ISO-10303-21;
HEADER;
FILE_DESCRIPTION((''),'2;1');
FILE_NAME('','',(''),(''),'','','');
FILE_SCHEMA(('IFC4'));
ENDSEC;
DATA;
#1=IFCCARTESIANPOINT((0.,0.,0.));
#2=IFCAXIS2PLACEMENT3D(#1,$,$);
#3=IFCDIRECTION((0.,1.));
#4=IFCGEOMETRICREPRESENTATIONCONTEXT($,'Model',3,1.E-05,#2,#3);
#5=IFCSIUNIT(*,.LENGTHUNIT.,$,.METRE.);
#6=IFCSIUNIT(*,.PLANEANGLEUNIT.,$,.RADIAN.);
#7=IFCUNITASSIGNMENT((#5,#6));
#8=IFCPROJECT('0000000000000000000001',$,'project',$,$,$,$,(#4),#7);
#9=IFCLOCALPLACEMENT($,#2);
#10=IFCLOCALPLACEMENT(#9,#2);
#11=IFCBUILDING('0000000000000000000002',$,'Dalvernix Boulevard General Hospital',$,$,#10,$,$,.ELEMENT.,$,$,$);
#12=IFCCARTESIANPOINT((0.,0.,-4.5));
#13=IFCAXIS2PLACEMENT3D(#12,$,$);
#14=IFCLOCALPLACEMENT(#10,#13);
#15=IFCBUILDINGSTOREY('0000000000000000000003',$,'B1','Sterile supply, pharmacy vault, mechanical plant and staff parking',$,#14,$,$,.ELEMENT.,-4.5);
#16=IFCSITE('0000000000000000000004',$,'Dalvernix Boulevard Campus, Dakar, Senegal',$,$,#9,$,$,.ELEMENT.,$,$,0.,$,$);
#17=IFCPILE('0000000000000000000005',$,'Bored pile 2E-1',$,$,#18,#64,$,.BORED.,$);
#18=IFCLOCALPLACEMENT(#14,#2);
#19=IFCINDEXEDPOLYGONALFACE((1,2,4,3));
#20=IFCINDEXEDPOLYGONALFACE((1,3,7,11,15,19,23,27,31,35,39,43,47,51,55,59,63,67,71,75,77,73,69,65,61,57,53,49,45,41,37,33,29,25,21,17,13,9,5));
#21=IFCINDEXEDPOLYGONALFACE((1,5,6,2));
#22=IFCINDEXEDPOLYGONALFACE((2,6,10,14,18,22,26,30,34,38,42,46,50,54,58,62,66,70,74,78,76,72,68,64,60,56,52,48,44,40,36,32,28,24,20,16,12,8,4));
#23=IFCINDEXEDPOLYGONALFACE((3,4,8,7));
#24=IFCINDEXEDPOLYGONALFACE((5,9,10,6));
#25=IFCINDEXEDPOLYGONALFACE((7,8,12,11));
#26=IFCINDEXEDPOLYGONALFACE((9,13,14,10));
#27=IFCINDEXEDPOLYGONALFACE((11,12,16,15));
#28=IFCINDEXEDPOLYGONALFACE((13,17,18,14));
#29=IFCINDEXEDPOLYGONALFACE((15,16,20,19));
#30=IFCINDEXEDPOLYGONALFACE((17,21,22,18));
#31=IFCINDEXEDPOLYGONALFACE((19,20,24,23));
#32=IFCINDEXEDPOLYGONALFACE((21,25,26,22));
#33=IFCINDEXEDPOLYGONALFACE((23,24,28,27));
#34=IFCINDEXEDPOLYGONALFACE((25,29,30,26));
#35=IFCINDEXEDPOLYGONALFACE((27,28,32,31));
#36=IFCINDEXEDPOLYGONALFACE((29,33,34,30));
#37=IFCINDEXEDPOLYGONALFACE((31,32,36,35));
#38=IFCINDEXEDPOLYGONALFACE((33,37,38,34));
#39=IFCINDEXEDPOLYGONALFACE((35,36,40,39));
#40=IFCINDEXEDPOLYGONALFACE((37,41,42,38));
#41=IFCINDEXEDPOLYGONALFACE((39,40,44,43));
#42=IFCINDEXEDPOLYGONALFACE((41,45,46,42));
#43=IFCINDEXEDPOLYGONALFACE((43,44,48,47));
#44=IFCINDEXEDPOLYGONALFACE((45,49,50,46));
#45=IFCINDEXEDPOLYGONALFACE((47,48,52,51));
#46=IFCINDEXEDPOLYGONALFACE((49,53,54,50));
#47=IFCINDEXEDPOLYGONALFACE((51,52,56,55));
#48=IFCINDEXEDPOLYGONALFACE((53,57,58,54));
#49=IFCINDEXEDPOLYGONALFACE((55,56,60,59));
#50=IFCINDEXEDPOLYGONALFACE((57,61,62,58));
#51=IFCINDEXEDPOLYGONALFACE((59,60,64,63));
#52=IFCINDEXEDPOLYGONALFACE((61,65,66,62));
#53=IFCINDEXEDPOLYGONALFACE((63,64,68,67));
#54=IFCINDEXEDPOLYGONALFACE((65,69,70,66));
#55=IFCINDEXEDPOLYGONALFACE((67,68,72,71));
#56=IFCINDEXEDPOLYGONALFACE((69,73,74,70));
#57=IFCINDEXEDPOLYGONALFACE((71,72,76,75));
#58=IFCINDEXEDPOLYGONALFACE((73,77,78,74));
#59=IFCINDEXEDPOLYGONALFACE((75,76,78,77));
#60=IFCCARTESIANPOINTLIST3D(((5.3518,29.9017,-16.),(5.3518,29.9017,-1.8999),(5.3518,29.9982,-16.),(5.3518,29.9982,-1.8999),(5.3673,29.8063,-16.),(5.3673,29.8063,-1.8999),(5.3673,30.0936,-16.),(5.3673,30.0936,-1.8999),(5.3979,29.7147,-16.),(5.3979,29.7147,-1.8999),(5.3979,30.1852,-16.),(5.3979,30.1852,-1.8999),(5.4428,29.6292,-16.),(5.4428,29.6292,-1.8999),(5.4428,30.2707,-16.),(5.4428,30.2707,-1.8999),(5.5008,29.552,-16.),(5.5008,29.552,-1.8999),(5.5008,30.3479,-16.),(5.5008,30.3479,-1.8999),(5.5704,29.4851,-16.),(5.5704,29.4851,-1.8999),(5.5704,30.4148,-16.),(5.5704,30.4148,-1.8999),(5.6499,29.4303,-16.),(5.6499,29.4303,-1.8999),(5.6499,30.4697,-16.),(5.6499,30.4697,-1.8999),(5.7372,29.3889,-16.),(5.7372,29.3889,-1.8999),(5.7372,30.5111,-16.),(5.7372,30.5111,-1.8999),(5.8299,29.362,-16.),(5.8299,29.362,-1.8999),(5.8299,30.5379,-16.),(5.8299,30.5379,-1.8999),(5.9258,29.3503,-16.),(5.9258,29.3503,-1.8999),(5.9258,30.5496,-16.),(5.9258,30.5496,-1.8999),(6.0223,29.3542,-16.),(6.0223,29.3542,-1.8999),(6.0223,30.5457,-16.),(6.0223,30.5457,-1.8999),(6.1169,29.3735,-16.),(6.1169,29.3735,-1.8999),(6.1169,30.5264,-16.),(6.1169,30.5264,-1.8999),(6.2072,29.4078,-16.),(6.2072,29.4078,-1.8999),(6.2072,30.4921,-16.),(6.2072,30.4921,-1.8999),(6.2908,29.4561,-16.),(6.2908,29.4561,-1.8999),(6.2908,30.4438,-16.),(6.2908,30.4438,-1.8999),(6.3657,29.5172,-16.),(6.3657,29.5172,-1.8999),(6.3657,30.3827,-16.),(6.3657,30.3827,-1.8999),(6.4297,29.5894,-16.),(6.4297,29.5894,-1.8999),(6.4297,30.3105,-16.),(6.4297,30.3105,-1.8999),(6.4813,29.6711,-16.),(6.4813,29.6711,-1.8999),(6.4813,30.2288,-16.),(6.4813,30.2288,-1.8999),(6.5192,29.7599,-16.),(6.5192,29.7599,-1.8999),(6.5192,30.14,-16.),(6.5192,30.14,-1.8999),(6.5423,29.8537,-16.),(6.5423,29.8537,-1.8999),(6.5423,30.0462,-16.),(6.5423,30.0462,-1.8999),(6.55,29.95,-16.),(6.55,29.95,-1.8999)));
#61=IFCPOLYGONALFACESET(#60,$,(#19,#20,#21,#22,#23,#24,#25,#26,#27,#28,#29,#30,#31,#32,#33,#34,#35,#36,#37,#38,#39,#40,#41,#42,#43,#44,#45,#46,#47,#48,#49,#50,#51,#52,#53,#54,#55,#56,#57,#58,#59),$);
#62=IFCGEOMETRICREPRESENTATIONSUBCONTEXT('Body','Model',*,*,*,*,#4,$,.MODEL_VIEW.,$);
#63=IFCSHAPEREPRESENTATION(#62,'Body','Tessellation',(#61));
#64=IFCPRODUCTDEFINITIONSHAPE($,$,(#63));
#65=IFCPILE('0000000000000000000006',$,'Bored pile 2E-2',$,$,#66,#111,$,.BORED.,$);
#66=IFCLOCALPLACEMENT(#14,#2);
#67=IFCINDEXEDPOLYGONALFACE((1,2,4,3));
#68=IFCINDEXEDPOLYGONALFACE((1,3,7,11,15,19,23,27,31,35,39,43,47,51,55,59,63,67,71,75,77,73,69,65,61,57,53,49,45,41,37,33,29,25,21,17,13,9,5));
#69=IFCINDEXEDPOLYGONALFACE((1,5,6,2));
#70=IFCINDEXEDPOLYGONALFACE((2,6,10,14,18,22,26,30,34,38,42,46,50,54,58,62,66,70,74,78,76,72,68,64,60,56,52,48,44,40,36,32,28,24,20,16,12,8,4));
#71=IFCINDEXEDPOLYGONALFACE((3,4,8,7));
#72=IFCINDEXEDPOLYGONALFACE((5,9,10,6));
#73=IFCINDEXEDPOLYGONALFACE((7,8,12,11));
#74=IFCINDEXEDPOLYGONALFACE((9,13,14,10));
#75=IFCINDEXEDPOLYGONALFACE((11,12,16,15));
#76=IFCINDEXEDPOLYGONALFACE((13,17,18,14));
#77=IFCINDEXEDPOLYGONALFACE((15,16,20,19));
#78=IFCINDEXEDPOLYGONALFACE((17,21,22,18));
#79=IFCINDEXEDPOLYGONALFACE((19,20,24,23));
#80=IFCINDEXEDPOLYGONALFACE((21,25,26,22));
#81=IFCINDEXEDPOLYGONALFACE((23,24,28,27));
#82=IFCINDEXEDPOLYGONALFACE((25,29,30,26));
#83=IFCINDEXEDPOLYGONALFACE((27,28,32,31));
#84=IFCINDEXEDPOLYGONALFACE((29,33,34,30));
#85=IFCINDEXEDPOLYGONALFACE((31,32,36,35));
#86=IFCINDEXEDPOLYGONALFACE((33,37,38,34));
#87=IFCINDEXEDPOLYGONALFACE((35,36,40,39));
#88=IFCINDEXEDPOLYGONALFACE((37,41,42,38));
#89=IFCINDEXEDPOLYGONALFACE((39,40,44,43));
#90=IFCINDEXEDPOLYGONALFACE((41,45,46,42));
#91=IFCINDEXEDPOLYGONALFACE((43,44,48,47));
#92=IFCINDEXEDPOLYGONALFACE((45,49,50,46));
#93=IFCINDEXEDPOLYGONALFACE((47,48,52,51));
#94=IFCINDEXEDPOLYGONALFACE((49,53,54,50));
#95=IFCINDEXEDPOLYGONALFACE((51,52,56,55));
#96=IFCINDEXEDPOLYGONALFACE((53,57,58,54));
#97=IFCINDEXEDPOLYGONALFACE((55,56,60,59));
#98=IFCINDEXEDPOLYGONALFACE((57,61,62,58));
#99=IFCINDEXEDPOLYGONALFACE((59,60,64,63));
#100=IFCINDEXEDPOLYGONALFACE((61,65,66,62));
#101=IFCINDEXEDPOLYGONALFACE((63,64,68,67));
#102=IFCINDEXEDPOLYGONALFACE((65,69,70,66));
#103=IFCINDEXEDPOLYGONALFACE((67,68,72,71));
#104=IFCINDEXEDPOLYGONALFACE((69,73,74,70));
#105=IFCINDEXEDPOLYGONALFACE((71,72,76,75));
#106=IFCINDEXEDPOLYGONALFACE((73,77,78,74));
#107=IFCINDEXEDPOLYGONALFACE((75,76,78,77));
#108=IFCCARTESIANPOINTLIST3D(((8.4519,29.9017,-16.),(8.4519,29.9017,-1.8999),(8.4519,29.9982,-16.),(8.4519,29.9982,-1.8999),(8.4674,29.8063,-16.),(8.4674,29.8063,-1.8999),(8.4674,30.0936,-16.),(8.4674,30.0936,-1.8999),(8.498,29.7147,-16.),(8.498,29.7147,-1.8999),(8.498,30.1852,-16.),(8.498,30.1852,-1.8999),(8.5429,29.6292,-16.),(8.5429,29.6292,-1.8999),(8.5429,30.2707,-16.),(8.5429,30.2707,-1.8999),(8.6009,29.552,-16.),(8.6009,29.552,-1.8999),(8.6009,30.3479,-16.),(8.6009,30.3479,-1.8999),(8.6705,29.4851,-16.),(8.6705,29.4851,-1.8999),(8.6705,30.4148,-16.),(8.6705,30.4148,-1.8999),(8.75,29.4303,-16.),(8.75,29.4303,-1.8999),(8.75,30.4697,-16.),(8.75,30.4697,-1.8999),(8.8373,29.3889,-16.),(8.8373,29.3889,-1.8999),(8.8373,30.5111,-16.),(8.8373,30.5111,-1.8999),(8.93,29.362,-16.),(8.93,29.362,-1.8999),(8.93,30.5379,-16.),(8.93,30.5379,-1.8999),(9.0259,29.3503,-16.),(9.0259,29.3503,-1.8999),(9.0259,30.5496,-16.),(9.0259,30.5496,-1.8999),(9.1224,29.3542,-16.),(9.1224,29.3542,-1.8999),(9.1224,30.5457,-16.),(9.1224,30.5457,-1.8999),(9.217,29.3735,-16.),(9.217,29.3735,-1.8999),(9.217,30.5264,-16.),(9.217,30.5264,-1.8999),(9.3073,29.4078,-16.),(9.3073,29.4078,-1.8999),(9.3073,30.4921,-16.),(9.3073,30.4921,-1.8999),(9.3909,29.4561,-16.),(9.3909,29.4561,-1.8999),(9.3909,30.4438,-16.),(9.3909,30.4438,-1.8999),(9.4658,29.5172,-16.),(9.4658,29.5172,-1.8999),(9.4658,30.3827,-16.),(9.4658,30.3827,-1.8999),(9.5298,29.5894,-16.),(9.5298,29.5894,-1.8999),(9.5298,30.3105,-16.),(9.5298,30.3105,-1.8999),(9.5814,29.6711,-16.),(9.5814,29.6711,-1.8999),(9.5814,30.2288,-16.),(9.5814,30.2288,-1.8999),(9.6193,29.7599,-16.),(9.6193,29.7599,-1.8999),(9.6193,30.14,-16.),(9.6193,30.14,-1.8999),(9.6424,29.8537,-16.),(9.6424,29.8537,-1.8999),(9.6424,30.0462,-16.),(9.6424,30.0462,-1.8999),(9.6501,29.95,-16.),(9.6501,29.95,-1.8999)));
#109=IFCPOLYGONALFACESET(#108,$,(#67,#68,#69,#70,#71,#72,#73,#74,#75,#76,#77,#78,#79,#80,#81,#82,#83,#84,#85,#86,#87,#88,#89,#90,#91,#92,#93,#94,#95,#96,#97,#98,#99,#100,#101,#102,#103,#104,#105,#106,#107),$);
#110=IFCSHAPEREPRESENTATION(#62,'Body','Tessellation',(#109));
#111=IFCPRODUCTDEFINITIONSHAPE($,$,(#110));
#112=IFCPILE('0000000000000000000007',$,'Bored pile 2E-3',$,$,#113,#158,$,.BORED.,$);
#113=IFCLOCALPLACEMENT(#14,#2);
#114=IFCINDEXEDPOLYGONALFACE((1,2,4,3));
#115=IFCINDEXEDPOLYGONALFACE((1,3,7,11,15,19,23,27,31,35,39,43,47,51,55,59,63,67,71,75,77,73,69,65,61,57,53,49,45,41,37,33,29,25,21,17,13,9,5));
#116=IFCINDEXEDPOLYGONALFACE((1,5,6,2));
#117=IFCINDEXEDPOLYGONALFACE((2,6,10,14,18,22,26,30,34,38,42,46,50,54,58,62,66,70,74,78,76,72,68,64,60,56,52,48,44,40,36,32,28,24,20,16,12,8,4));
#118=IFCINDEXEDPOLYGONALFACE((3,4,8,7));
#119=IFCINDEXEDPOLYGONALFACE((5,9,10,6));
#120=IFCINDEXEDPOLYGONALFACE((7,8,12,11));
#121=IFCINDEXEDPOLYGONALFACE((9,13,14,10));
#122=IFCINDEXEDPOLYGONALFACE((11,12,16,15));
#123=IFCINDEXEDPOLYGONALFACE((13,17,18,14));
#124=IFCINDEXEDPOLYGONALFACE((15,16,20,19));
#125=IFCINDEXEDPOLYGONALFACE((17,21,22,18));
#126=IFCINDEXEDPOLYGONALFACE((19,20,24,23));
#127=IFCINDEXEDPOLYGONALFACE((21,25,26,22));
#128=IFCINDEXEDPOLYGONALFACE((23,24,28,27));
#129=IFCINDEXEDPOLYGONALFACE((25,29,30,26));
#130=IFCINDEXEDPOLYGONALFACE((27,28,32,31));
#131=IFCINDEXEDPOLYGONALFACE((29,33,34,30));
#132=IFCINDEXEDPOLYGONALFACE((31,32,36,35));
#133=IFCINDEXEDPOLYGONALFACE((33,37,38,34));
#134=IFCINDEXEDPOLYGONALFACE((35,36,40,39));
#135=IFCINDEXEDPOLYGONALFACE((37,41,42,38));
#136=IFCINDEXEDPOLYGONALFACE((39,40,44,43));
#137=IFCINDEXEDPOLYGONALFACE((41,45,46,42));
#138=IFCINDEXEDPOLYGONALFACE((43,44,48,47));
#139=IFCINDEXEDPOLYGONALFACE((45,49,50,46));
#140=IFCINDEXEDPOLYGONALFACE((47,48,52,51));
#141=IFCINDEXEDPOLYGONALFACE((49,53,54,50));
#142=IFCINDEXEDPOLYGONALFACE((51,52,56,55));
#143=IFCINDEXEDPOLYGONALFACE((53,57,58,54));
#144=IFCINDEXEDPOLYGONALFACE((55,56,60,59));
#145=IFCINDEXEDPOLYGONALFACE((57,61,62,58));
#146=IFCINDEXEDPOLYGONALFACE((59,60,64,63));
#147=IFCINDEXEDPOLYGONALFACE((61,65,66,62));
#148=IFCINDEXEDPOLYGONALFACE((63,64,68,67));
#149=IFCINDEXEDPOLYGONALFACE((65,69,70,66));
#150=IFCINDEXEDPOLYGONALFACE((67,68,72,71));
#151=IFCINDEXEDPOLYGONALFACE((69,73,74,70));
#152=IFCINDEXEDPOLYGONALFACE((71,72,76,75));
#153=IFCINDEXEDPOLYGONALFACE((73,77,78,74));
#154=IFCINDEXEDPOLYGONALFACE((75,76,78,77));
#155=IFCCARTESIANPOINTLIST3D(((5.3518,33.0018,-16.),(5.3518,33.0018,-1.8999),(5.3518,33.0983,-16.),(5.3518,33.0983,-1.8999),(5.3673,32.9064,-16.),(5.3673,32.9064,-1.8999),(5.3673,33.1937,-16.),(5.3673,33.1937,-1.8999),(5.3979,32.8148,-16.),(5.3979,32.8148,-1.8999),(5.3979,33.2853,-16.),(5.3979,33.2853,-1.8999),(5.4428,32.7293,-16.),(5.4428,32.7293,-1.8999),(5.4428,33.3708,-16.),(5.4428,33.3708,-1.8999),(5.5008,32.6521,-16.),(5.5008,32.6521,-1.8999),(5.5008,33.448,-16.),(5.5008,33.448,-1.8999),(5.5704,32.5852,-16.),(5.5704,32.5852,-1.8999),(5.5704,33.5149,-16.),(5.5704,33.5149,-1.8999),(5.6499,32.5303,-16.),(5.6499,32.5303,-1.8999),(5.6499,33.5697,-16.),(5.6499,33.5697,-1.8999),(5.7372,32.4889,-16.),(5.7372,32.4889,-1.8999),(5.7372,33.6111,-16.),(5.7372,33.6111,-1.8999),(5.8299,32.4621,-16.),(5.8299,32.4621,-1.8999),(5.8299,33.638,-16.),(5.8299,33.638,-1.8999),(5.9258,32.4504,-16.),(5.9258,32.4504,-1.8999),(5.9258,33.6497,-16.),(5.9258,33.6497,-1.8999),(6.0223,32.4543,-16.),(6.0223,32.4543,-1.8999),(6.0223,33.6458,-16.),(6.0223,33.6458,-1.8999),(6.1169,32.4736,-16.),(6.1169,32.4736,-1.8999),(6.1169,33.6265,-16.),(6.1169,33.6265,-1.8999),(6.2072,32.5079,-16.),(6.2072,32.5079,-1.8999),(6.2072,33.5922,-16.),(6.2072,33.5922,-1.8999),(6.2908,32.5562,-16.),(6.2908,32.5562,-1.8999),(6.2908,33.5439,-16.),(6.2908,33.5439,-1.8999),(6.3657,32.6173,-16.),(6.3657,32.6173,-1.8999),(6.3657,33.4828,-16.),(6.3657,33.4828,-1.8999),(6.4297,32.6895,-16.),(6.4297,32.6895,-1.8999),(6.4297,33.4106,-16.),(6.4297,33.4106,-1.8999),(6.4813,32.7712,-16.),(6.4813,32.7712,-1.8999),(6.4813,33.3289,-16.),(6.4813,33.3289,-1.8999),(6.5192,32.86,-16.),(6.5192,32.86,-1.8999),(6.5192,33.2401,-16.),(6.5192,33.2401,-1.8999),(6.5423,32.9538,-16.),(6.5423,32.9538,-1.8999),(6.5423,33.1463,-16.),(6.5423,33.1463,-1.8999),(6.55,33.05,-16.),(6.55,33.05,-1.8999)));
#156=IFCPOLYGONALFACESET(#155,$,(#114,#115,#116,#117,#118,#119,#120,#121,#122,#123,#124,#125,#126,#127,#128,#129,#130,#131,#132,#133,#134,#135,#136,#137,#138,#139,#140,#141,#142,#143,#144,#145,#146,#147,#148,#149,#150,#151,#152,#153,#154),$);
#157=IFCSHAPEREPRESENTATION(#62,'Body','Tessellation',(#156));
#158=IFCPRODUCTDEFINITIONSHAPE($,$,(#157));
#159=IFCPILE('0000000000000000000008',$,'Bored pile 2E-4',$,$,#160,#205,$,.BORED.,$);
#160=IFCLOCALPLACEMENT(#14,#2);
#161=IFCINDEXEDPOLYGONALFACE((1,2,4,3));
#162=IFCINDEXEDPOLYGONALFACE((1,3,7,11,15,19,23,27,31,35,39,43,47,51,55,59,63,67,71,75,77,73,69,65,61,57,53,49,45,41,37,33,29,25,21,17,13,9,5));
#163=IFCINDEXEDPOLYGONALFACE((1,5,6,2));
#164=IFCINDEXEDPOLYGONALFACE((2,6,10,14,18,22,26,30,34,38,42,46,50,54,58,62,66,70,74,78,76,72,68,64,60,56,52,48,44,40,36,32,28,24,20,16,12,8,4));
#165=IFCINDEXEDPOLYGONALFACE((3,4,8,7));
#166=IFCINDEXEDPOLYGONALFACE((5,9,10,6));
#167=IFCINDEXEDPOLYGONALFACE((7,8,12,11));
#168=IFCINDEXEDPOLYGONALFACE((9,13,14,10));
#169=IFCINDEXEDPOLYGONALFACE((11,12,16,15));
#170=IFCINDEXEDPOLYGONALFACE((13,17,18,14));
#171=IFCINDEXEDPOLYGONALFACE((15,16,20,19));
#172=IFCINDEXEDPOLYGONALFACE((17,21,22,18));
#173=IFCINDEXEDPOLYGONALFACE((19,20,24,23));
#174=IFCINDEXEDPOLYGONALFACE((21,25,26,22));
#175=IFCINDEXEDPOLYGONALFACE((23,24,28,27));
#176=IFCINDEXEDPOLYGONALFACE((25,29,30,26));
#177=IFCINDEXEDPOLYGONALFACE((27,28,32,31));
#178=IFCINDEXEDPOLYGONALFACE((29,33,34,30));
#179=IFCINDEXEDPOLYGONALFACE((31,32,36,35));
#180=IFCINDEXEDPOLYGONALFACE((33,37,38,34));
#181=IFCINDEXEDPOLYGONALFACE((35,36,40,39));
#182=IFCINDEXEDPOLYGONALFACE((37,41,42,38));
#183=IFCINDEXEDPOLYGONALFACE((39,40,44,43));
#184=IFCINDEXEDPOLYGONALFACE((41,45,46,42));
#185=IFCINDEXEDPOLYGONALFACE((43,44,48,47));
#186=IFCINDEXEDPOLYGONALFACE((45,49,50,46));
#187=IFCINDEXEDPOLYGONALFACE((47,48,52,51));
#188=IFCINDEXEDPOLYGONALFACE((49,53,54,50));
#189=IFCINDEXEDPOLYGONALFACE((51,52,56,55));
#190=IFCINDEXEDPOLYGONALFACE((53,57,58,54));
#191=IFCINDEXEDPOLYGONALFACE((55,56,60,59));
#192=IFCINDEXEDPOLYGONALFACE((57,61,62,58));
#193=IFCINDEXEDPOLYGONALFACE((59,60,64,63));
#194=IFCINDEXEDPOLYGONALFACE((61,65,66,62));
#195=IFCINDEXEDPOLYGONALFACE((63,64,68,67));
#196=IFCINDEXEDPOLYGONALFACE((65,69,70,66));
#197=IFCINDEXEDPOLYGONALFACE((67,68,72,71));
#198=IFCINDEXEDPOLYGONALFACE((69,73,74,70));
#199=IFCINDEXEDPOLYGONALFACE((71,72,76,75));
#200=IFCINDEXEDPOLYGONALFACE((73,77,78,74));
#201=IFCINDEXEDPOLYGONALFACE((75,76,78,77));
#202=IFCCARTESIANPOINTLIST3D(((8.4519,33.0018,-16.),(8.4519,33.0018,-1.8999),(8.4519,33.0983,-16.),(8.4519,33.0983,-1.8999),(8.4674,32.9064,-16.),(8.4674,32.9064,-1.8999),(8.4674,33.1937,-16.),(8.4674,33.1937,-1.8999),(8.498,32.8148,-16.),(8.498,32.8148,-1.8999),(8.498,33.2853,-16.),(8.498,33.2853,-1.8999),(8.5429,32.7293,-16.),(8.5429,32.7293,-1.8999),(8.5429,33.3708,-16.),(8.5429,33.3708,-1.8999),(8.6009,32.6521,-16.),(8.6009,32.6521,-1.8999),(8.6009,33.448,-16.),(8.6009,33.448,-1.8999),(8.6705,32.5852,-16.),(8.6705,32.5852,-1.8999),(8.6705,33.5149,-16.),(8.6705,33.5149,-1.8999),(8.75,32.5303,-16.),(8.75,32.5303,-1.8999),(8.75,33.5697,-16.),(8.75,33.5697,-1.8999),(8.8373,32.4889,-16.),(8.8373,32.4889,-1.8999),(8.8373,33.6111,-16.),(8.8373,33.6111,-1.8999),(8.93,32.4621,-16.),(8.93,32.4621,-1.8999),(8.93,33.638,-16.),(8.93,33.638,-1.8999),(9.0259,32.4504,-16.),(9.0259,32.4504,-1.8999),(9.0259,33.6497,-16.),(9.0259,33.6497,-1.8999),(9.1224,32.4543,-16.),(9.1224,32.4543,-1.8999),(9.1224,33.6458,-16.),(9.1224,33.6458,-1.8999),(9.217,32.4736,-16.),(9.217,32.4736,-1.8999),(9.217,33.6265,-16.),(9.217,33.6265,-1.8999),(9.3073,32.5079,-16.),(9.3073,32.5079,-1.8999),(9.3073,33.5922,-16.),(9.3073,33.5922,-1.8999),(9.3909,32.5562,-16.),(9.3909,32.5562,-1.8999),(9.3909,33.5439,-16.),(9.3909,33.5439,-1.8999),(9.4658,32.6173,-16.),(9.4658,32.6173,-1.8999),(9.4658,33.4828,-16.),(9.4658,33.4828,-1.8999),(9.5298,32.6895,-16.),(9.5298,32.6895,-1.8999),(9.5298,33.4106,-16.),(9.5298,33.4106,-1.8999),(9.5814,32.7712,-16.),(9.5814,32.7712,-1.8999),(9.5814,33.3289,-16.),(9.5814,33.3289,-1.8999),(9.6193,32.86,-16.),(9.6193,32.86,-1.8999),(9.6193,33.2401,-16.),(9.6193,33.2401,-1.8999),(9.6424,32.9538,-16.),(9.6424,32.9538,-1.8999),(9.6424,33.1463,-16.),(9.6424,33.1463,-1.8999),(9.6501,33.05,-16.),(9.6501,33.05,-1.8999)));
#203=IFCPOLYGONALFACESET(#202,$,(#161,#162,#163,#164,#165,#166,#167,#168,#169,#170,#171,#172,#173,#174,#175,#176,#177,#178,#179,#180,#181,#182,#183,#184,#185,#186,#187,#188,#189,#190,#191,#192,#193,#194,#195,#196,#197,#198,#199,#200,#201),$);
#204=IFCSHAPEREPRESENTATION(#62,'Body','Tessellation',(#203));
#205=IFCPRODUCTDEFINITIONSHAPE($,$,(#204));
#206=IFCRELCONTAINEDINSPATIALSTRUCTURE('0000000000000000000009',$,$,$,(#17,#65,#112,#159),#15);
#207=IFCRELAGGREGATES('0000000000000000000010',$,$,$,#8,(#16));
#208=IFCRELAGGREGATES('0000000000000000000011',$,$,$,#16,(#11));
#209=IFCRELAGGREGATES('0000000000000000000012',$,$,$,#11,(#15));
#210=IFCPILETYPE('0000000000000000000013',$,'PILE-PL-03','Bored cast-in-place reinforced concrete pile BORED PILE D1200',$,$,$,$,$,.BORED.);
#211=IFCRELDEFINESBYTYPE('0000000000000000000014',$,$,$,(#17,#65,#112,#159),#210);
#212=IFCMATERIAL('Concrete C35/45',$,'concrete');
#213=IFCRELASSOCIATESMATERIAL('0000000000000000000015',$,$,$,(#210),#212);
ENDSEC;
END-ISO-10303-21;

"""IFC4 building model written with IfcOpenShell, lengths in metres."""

from ifc_helpers import new_model, si_unit, direction, frame, origin, origin_2d, place, context, subcontext, project, spatial, circle, extrude, material, material_profile, profile_set, type_object, element, save


model = new_model("IFC4")

# Units and contexts
model_context = context("Model", 3, precision=1e-05, world=origin(), true_north=direction((0.0, 1.0)))
body_context = subcontext(model_context, "Body", "Model", "MODEL_VIEW")
ifc_project = project(units=[si_unit("LENGTHUNIT", "METRE"), si_unit("PLANEANGLEUNIT", "RADIAN")], contexts=[model_context])

# Site, building, storey
site_placement = place(None, origin())
site = spatial("IfcSite", under=ifc_project, at=site_placement, Name="Dalvernix Boulevard Campus, Dakar, Senegal", CompositionType="ELEMENT", RefElevation=0.0)
building_placement = place(site_placement, origin())
building = spatial("IfcBuilding", under=site, at=building_placement, Name="Dalvernix Boulevard General Hospital", CompositionType="ELEMENT")
storey_placement = place(building_placement, frame((0.0, 0.0, -4.5)))
storey = spatial("IfcBuildingStorey", under=building, at=storey_placement, Name="B1", Description="Sterile supply, pharmacy vault, mechanical plant and staff parking", CompositionType="ELEMENT", Elevation=-4.5)

# Shared definitions
ifc_material_1 = material(Name="Concrete C35/45", Category="concrete")

# Piles
ifc_material_profile_1 = material_profile(ifc_material_1, circle(Radius=0.6001, at=origin_2d()), Name="BORED PILE D1200")
ifc_profile_set_1 = profile_set([ifc_material_profile_1], Name="Concrete C35/45")
pile_type = type_object("IfcPileType", Name="PILE-PL-03", Description="Bored cast-in-place reinforced concrete pile BORED PILE D1200", PredefinedType="BORED", material=ifc_profile_set_1)
for number, where, z_axis, x_axis, name in (
    (1, (5.95, 29.95, -1.8999), (0.0, 0.0, -1.0), (1.0, 0.0, 0.0), "Bored pile 2E-1"),
    (2, (9.05, 29.95, -1.8999), (0.0, 0.0, -1.0), (1.0, 0.0, 0.0), "Bored pile 2E-2"),
    (3, (5.95, 33.05, -1.8999), (0.0, 0.0, -1.0), (1.0, 0.0, 0.0), "Bored pile 2E-3"),
    (4, (9.05, 33.05, -1.8999), (0.0, 0.0, -1.0), (1.0, 0.0, 0.0), "Bored pile 2E-4"),
):
    element("IfcPile", number, at=place(storey_placement, frame(where, z_axis=z_axis, x_axis=x_axis)), inside=storey, type_object=pile_type, Name=name, PredefinedType="BORED", context=body_context, shape_type="SweptSolid", body=[
        extrude(circle(Radius=0.6001, at=origin_2d()), origin(), (0.0, 0.0, 1.0), 14.1001),
    ])

save(model, "model.ifc")
